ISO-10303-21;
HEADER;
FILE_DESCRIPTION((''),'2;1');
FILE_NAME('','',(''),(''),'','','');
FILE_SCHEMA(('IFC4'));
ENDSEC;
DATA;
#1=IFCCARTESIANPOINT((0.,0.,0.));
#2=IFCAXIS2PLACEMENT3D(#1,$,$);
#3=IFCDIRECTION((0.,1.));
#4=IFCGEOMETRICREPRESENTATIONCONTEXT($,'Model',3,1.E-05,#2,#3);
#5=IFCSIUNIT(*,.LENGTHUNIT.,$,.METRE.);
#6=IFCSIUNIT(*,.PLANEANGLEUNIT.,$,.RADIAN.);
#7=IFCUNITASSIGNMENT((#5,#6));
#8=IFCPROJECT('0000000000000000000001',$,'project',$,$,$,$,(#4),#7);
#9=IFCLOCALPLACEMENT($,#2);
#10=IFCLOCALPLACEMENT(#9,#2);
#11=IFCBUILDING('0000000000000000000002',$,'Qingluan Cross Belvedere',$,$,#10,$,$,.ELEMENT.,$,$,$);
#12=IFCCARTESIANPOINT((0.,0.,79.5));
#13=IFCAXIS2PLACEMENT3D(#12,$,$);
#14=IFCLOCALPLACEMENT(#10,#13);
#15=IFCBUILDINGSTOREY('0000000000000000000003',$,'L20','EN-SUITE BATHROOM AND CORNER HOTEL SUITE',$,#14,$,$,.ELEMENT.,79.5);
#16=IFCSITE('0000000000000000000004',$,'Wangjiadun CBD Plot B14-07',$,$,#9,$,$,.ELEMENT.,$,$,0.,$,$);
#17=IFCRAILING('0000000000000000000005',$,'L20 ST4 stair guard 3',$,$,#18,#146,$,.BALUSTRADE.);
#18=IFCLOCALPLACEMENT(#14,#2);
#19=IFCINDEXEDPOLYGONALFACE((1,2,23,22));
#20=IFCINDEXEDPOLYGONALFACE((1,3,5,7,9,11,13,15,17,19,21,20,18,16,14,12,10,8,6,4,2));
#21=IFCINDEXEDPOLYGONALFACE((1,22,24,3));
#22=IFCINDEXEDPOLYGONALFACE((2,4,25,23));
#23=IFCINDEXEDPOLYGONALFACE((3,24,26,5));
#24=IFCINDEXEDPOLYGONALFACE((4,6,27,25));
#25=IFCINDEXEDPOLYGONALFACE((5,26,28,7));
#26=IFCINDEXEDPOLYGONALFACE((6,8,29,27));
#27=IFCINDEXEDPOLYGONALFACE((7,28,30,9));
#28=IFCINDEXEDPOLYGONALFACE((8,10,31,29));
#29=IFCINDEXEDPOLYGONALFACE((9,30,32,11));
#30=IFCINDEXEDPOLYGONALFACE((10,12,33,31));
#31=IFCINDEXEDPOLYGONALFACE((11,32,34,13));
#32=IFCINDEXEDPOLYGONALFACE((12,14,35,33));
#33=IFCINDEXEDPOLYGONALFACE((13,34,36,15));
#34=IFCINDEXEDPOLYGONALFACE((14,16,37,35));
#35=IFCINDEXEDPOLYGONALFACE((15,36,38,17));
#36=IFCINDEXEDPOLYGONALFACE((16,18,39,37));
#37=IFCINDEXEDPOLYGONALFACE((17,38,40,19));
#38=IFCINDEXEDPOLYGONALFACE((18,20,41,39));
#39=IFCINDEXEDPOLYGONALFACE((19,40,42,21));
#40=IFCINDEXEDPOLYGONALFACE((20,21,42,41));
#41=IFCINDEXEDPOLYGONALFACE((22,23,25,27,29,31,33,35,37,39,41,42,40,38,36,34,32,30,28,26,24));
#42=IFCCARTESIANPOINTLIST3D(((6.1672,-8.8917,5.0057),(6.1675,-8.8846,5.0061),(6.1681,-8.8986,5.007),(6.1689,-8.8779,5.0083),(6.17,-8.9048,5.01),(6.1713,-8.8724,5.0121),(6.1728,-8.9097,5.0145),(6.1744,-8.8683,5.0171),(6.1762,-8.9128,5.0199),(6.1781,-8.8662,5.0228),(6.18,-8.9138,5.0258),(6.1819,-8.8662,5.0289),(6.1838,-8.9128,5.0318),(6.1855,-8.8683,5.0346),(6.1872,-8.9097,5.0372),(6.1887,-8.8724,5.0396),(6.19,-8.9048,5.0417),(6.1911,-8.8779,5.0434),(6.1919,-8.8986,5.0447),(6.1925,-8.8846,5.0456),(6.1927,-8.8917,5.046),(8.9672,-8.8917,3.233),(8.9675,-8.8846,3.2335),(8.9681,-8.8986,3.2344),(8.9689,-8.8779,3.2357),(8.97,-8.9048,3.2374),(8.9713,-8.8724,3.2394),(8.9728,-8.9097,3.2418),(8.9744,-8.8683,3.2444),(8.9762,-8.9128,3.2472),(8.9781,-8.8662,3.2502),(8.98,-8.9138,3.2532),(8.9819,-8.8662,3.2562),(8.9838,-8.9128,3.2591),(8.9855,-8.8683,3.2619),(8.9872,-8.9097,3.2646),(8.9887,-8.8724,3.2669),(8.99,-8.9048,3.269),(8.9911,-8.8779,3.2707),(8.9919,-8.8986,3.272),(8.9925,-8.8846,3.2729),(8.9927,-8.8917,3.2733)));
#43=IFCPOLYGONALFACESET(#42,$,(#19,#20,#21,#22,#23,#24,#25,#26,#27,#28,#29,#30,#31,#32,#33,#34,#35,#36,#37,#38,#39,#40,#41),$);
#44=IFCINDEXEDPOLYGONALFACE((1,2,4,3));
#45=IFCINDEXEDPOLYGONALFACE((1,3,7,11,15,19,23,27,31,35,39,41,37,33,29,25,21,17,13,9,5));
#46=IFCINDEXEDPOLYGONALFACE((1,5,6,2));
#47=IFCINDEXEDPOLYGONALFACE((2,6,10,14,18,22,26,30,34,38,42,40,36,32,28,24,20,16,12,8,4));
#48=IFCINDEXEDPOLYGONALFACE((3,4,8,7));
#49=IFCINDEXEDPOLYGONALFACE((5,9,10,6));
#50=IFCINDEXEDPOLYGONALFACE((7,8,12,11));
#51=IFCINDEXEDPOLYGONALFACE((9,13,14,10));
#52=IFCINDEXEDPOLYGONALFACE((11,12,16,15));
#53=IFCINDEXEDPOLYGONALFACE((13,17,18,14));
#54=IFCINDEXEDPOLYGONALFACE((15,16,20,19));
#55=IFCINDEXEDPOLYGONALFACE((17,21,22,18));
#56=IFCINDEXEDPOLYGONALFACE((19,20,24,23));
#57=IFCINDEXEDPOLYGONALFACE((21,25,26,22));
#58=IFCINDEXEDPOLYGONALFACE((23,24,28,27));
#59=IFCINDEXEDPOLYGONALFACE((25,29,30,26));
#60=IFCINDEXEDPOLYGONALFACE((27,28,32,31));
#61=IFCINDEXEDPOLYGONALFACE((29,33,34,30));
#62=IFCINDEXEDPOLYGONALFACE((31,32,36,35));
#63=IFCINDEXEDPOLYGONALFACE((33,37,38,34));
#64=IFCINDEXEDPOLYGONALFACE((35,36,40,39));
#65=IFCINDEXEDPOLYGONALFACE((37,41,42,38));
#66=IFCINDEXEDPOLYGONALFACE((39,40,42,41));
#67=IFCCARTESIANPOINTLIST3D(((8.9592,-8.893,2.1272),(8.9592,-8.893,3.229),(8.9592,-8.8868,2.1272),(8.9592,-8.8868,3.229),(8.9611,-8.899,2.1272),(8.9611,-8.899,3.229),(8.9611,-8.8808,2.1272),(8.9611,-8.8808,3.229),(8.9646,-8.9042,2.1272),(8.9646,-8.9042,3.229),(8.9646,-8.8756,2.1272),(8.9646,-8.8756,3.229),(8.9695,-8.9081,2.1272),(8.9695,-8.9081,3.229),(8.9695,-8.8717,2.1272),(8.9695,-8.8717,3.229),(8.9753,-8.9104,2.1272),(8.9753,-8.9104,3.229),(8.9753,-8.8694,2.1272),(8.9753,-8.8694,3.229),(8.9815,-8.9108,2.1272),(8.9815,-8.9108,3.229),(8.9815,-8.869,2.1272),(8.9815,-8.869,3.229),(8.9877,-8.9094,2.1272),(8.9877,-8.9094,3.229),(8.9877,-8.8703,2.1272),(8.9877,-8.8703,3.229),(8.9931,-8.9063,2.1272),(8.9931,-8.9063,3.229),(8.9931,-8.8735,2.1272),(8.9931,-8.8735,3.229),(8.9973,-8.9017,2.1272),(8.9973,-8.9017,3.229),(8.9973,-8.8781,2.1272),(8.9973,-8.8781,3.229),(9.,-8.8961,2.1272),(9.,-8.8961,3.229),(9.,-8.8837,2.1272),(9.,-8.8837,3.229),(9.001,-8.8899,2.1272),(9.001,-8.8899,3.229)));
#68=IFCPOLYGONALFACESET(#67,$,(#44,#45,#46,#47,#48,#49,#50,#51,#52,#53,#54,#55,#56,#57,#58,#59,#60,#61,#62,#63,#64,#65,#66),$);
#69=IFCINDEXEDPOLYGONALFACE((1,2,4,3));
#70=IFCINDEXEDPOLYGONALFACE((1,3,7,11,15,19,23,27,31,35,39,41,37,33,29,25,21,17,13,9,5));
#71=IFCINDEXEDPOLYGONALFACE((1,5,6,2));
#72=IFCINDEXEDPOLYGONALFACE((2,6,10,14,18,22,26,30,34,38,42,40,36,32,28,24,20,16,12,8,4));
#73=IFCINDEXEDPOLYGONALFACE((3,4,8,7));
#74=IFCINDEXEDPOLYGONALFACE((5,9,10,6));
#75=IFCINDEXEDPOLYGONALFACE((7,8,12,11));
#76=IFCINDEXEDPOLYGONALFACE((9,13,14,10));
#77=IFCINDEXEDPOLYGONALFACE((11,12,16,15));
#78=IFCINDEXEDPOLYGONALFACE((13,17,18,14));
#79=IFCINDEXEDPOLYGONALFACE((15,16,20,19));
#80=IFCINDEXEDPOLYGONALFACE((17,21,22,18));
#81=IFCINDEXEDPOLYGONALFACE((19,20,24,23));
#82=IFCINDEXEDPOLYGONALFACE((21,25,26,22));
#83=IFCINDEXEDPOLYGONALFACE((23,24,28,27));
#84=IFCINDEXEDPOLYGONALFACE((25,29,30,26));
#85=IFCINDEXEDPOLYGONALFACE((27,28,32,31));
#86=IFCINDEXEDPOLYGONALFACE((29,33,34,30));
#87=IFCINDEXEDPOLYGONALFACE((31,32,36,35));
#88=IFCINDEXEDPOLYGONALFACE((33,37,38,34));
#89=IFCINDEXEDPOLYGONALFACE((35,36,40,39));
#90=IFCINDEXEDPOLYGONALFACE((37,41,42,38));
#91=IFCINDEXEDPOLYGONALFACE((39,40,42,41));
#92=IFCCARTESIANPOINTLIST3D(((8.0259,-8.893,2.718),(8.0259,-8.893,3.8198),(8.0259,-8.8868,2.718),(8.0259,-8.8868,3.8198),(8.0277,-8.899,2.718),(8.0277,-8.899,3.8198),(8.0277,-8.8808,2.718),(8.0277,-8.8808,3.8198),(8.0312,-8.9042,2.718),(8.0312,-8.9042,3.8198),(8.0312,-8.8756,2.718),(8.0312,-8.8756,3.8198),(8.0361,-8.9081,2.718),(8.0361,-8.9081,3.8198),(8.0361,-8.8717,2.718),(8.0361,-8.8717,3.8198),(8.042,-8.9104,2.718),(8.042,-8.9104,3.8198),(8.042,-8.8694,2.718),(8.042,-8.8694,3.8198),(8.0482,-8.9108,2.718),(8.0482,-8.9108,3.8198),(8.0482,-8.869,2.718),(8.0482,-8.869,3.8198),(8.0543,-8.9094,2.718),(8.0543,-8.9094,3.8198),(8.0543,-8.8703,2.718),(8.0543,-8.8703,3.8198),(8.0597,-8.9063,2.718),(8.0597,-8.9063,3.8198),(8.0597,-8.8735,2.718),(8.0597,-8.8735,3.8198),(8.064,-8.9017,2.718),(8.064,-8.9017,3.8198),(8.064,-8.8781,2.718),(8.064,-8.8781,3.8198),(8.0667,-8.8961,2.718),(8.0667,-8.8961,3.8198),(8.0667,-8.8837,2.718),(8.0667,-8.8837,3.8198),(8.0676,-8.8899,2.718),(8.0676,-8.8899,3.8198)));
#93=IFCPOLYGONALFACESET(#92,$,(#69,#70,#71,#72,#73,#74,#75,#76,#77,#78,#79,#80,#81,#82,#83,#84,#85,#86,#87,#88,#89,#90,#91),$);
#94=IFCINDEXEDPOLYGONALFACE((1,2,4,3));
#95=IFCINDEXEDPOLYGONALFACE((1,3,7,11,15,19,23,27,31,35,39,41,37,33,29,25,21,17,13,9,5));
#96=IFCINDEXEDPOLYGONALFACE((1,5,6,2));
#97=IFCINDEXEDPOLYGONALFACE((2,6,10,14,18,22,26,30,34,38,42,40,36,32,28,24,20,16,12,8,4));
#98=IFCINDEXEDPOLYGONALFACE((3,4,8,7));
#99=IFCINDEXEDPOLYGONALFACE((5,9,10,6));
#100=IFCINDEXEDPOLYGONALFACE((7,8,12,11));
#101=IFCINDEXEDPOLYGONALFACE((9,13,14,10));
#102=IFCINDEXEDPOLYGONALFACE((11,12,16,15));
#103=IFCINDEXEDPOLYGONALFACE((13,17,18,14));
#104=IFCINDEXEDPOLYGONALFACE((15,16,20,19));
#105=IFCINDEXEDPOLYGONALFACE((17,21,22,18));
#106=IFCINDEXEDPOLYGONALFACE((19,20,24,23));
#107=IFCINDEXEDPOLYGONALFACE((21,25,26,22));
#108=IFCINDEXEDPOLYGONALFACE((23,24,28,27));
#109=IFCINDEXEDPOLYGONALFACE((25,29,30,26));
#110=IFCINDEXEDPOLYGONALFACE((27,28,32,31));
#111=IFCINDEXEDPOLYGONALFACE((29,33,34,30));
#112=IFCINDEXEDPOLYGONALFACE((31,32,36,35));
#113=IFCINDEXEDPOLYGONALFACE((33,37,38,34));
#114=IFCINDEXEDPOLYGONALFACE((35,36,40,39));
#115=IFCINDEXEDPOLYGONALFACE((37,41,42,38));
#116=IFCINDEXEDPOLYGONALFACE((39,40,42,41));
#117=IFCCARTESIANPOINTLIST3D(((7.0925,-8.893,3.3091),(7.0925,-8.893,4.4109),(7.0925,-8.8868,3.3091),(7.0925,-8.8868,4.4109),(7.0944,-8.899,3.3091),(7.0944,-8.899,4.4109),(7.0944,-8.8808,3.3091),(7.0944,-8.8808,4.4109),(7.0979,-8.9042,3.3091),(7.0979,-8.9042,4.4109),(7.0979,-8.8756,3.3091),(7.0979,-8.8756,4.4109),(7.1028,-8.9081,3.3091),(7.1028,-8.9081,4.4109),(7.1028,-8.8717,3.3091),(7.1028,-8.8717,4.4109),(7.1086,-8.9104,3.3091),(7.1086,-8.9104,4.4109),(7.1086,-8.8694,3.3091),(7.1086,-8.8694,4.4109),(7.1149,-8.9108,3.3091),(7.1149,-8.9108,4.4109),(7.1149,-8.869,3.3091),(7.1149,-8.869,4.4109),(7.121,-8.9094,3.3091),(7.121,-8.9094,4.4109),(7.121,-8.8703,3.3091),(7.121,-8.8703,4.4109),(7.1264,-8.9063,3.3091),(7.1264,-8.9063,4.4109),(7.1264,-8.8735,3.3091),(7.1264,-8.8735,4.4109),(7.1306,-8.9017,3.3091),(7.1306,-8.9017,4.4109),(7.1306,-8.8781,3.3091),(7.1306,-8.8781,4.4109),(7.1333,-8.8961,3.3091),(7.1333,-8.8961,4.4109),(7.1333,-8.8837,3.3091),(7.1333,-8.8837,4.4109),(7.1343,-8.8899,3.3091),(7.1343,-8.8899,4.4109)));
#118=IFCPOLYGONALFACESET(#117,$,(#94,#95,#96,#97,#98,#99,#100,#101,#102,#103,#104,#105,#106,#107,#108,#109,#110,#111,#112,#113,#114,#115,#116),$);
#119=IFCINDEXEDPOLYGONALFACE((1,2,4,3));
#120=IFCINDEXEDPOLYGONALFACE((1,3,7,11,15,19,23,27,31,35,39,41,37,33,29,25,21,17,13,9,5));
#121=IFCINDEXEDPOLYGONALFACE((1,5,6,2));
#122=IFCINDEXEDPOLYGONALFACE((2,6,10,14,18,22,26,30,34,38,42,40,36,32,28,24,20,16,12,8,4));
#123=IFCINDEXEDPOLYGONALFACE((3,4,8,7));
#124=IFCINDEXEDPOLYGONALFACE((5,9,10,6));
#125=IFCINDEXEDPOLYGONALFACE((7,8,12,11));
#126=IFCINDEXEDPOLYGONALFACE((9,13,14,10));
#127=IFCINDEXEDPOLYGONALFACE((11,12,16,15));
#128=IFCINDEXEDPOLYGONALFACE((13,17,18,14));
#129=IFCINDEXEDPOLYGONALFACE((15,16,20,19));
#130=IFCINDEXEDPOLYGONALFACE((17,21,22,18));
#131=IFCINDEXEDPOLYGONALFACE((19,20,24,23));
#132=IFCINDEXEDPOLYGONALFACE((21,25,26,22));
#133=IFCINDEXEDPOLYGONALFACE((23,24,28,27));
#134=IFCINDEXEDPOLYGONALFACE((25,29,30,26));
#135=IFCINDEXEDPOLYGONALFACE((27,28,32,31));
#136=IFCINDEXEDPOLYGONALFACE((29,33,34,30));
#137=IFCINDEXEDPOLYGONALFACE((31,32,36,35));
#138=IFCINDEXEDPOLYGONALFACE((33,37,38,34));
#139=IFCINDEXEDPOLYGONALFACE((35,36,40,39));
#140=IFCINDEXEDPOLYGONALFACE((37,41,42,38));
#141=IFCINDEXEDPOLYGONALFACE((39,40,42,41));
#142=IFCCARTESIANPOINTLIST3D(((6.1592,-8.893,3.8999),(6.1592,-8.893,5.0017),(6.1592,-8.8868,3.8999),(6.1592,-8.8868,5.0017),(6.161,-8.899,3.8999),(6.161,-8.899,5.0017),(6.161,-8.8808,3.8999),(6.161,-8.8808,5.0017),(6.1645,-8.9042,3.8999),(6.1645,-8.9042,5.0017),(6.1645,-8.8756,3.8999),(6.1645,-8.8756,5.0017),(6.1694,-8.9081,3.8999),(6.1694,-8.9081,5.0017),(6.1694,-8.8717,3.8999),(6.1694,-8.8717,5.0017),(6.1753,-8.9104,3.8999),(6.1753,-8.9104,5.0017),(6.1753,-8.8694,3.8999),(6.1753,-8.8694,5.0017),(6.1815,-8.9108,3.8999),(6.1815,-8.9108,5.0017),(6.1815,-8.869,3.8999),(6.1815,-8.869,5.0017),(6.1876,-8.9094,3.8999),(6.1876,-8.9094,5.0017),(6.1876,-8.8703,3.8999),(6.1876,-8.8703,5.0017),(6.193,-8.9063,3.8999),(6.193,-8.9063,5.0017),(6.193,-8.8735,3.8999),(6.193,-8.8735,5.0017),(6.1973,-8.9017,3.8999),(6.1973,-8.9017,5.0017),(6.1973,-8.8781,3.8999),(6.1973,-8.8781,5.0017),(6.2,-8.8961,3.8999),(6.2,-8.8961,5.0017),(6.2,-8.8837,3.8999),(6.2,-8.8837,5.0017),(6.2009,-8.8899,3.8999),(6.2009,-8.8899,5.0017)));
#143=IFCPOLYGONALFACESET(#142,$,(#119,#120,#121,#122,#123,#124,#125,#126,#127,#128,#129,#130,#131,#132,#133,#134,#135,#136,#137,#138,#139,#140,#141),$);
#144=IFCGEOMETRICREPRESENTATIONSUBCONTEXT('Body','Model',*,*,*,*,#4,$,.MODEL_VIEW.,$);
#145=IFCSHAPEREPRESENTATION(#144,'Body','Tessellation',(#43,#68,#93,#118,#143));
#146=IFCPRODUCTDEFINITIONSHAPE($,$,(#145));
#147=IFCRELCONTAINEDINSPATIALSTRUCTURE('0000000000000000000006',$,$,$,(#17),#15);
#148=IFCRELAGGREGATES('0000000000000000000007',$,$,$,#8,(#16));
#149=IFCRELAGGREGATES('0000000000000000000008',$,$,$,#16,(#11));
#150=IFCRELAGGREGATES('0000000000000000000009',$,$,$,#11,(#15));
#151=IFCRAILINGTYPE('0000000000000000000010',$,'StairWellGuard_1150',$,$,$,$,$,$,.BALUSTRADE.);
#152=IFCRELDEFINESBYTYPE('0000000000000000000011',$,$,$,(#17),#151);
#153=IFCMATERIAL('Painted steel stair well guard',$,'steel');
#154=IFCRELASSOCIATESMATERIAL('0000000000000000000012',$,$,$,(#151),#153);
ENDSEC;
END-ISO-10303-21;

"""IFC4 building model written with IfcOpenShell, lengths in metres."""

from ifc_helpers import new_model, si_unit, direction, frame, origin, origin_2d, place, context, subcontext, project, spatial, circle, extrude, material, type_object, element, save


model = new_model("IFC4")

# Units and contexts
model_context = context("Model", 3, precision=1e-05, world=origin(), true_north=direction((0.0, 1.0)))
body_context = subcontext(model_context, "Body", "Model", "MODEL_VIEW")
ifc_project = project(units=[si_unit("LENGTHUNIT", "METRE"), si_unit("PLANEANGLEUNIT", "RADIAN")], contexts=[model_context])

# Site, building, storey
site_placement = place(None, origin())
site = spatial("IfcSite", under=ifc_project, at=site_placement, Name="Wangjiadun CBD Plot B14-07", CompositionType="ELEMENT", RefElevation=0.0)
building_placement = place(site_placement, origin())
building = spatial("IfcBuilding", under=site, at=building_placement, Name="Qingluan Cross Belvedere", CompositionType="ELEMENT")
storey_placement = place(building_placement, frame((0.0, 0.0, 79.5)))
storey = spatial("IfcBuildingStorey", under=building, at=storey_placement, Name="L20", Description="EN-SUITE BATHROOM AND CORNER HOTEL SUITE", CompositionType="ELEMENT", Elevation=79.5)

# Railing
ifc_material_1 = material(Name="Painted steel stair well guard", Category="steel")
railing_type_1 = type_object("IfcRailingType", Name="StairWellGuard_1150", PredefinedType="BALUSTRADE", material=ifc_material_1)
railing_1_placement = place(storey_placement, frame((8.98, -8.8899, 2.1272)))
element("IfcRailing", 1, at=railing_1_placement, inside=storey, type_object=railing_type_1, Name="L20 ST4 stair guard 3", PredefinedType="BALUSTRADE", context=body_context, shape_type="SweptSolid", body=[
    extrude(circle(Radius=0.0239, at=origin_2d()), frame((0.0, 0.0, 1.126), z_axis=(-0.844909, 0.0, 0.53491), x_axis=(0.0, -1.0, 0.0)), (0.0, 0.0, 1.0), 3.314),
    extrude(circle(Radius=0.021, at=origin_2d()), origin(), (0.0, 0.0, 1.0), 1.1018),
    extrude(circle(Radius=0.021, at=origin_2d()), frame((-0.9333, 0.0, 0.5908)), (0.0, 0.0, 1.0), 1.1018),
    extrude(circle(Radius=0.021, at=origin_2d()), frame((-1.8667, 0.0, 1.1819)), (0.0, 0.0, 1.0), 1.1018),
    extrude(circle(Radius=0.021, at=origin_2d()), frame((-2.8, 0.0, 1.7727)), (0.0, 0.0, 1.0), 1.1018),
])

save(model, "model.ifc")
